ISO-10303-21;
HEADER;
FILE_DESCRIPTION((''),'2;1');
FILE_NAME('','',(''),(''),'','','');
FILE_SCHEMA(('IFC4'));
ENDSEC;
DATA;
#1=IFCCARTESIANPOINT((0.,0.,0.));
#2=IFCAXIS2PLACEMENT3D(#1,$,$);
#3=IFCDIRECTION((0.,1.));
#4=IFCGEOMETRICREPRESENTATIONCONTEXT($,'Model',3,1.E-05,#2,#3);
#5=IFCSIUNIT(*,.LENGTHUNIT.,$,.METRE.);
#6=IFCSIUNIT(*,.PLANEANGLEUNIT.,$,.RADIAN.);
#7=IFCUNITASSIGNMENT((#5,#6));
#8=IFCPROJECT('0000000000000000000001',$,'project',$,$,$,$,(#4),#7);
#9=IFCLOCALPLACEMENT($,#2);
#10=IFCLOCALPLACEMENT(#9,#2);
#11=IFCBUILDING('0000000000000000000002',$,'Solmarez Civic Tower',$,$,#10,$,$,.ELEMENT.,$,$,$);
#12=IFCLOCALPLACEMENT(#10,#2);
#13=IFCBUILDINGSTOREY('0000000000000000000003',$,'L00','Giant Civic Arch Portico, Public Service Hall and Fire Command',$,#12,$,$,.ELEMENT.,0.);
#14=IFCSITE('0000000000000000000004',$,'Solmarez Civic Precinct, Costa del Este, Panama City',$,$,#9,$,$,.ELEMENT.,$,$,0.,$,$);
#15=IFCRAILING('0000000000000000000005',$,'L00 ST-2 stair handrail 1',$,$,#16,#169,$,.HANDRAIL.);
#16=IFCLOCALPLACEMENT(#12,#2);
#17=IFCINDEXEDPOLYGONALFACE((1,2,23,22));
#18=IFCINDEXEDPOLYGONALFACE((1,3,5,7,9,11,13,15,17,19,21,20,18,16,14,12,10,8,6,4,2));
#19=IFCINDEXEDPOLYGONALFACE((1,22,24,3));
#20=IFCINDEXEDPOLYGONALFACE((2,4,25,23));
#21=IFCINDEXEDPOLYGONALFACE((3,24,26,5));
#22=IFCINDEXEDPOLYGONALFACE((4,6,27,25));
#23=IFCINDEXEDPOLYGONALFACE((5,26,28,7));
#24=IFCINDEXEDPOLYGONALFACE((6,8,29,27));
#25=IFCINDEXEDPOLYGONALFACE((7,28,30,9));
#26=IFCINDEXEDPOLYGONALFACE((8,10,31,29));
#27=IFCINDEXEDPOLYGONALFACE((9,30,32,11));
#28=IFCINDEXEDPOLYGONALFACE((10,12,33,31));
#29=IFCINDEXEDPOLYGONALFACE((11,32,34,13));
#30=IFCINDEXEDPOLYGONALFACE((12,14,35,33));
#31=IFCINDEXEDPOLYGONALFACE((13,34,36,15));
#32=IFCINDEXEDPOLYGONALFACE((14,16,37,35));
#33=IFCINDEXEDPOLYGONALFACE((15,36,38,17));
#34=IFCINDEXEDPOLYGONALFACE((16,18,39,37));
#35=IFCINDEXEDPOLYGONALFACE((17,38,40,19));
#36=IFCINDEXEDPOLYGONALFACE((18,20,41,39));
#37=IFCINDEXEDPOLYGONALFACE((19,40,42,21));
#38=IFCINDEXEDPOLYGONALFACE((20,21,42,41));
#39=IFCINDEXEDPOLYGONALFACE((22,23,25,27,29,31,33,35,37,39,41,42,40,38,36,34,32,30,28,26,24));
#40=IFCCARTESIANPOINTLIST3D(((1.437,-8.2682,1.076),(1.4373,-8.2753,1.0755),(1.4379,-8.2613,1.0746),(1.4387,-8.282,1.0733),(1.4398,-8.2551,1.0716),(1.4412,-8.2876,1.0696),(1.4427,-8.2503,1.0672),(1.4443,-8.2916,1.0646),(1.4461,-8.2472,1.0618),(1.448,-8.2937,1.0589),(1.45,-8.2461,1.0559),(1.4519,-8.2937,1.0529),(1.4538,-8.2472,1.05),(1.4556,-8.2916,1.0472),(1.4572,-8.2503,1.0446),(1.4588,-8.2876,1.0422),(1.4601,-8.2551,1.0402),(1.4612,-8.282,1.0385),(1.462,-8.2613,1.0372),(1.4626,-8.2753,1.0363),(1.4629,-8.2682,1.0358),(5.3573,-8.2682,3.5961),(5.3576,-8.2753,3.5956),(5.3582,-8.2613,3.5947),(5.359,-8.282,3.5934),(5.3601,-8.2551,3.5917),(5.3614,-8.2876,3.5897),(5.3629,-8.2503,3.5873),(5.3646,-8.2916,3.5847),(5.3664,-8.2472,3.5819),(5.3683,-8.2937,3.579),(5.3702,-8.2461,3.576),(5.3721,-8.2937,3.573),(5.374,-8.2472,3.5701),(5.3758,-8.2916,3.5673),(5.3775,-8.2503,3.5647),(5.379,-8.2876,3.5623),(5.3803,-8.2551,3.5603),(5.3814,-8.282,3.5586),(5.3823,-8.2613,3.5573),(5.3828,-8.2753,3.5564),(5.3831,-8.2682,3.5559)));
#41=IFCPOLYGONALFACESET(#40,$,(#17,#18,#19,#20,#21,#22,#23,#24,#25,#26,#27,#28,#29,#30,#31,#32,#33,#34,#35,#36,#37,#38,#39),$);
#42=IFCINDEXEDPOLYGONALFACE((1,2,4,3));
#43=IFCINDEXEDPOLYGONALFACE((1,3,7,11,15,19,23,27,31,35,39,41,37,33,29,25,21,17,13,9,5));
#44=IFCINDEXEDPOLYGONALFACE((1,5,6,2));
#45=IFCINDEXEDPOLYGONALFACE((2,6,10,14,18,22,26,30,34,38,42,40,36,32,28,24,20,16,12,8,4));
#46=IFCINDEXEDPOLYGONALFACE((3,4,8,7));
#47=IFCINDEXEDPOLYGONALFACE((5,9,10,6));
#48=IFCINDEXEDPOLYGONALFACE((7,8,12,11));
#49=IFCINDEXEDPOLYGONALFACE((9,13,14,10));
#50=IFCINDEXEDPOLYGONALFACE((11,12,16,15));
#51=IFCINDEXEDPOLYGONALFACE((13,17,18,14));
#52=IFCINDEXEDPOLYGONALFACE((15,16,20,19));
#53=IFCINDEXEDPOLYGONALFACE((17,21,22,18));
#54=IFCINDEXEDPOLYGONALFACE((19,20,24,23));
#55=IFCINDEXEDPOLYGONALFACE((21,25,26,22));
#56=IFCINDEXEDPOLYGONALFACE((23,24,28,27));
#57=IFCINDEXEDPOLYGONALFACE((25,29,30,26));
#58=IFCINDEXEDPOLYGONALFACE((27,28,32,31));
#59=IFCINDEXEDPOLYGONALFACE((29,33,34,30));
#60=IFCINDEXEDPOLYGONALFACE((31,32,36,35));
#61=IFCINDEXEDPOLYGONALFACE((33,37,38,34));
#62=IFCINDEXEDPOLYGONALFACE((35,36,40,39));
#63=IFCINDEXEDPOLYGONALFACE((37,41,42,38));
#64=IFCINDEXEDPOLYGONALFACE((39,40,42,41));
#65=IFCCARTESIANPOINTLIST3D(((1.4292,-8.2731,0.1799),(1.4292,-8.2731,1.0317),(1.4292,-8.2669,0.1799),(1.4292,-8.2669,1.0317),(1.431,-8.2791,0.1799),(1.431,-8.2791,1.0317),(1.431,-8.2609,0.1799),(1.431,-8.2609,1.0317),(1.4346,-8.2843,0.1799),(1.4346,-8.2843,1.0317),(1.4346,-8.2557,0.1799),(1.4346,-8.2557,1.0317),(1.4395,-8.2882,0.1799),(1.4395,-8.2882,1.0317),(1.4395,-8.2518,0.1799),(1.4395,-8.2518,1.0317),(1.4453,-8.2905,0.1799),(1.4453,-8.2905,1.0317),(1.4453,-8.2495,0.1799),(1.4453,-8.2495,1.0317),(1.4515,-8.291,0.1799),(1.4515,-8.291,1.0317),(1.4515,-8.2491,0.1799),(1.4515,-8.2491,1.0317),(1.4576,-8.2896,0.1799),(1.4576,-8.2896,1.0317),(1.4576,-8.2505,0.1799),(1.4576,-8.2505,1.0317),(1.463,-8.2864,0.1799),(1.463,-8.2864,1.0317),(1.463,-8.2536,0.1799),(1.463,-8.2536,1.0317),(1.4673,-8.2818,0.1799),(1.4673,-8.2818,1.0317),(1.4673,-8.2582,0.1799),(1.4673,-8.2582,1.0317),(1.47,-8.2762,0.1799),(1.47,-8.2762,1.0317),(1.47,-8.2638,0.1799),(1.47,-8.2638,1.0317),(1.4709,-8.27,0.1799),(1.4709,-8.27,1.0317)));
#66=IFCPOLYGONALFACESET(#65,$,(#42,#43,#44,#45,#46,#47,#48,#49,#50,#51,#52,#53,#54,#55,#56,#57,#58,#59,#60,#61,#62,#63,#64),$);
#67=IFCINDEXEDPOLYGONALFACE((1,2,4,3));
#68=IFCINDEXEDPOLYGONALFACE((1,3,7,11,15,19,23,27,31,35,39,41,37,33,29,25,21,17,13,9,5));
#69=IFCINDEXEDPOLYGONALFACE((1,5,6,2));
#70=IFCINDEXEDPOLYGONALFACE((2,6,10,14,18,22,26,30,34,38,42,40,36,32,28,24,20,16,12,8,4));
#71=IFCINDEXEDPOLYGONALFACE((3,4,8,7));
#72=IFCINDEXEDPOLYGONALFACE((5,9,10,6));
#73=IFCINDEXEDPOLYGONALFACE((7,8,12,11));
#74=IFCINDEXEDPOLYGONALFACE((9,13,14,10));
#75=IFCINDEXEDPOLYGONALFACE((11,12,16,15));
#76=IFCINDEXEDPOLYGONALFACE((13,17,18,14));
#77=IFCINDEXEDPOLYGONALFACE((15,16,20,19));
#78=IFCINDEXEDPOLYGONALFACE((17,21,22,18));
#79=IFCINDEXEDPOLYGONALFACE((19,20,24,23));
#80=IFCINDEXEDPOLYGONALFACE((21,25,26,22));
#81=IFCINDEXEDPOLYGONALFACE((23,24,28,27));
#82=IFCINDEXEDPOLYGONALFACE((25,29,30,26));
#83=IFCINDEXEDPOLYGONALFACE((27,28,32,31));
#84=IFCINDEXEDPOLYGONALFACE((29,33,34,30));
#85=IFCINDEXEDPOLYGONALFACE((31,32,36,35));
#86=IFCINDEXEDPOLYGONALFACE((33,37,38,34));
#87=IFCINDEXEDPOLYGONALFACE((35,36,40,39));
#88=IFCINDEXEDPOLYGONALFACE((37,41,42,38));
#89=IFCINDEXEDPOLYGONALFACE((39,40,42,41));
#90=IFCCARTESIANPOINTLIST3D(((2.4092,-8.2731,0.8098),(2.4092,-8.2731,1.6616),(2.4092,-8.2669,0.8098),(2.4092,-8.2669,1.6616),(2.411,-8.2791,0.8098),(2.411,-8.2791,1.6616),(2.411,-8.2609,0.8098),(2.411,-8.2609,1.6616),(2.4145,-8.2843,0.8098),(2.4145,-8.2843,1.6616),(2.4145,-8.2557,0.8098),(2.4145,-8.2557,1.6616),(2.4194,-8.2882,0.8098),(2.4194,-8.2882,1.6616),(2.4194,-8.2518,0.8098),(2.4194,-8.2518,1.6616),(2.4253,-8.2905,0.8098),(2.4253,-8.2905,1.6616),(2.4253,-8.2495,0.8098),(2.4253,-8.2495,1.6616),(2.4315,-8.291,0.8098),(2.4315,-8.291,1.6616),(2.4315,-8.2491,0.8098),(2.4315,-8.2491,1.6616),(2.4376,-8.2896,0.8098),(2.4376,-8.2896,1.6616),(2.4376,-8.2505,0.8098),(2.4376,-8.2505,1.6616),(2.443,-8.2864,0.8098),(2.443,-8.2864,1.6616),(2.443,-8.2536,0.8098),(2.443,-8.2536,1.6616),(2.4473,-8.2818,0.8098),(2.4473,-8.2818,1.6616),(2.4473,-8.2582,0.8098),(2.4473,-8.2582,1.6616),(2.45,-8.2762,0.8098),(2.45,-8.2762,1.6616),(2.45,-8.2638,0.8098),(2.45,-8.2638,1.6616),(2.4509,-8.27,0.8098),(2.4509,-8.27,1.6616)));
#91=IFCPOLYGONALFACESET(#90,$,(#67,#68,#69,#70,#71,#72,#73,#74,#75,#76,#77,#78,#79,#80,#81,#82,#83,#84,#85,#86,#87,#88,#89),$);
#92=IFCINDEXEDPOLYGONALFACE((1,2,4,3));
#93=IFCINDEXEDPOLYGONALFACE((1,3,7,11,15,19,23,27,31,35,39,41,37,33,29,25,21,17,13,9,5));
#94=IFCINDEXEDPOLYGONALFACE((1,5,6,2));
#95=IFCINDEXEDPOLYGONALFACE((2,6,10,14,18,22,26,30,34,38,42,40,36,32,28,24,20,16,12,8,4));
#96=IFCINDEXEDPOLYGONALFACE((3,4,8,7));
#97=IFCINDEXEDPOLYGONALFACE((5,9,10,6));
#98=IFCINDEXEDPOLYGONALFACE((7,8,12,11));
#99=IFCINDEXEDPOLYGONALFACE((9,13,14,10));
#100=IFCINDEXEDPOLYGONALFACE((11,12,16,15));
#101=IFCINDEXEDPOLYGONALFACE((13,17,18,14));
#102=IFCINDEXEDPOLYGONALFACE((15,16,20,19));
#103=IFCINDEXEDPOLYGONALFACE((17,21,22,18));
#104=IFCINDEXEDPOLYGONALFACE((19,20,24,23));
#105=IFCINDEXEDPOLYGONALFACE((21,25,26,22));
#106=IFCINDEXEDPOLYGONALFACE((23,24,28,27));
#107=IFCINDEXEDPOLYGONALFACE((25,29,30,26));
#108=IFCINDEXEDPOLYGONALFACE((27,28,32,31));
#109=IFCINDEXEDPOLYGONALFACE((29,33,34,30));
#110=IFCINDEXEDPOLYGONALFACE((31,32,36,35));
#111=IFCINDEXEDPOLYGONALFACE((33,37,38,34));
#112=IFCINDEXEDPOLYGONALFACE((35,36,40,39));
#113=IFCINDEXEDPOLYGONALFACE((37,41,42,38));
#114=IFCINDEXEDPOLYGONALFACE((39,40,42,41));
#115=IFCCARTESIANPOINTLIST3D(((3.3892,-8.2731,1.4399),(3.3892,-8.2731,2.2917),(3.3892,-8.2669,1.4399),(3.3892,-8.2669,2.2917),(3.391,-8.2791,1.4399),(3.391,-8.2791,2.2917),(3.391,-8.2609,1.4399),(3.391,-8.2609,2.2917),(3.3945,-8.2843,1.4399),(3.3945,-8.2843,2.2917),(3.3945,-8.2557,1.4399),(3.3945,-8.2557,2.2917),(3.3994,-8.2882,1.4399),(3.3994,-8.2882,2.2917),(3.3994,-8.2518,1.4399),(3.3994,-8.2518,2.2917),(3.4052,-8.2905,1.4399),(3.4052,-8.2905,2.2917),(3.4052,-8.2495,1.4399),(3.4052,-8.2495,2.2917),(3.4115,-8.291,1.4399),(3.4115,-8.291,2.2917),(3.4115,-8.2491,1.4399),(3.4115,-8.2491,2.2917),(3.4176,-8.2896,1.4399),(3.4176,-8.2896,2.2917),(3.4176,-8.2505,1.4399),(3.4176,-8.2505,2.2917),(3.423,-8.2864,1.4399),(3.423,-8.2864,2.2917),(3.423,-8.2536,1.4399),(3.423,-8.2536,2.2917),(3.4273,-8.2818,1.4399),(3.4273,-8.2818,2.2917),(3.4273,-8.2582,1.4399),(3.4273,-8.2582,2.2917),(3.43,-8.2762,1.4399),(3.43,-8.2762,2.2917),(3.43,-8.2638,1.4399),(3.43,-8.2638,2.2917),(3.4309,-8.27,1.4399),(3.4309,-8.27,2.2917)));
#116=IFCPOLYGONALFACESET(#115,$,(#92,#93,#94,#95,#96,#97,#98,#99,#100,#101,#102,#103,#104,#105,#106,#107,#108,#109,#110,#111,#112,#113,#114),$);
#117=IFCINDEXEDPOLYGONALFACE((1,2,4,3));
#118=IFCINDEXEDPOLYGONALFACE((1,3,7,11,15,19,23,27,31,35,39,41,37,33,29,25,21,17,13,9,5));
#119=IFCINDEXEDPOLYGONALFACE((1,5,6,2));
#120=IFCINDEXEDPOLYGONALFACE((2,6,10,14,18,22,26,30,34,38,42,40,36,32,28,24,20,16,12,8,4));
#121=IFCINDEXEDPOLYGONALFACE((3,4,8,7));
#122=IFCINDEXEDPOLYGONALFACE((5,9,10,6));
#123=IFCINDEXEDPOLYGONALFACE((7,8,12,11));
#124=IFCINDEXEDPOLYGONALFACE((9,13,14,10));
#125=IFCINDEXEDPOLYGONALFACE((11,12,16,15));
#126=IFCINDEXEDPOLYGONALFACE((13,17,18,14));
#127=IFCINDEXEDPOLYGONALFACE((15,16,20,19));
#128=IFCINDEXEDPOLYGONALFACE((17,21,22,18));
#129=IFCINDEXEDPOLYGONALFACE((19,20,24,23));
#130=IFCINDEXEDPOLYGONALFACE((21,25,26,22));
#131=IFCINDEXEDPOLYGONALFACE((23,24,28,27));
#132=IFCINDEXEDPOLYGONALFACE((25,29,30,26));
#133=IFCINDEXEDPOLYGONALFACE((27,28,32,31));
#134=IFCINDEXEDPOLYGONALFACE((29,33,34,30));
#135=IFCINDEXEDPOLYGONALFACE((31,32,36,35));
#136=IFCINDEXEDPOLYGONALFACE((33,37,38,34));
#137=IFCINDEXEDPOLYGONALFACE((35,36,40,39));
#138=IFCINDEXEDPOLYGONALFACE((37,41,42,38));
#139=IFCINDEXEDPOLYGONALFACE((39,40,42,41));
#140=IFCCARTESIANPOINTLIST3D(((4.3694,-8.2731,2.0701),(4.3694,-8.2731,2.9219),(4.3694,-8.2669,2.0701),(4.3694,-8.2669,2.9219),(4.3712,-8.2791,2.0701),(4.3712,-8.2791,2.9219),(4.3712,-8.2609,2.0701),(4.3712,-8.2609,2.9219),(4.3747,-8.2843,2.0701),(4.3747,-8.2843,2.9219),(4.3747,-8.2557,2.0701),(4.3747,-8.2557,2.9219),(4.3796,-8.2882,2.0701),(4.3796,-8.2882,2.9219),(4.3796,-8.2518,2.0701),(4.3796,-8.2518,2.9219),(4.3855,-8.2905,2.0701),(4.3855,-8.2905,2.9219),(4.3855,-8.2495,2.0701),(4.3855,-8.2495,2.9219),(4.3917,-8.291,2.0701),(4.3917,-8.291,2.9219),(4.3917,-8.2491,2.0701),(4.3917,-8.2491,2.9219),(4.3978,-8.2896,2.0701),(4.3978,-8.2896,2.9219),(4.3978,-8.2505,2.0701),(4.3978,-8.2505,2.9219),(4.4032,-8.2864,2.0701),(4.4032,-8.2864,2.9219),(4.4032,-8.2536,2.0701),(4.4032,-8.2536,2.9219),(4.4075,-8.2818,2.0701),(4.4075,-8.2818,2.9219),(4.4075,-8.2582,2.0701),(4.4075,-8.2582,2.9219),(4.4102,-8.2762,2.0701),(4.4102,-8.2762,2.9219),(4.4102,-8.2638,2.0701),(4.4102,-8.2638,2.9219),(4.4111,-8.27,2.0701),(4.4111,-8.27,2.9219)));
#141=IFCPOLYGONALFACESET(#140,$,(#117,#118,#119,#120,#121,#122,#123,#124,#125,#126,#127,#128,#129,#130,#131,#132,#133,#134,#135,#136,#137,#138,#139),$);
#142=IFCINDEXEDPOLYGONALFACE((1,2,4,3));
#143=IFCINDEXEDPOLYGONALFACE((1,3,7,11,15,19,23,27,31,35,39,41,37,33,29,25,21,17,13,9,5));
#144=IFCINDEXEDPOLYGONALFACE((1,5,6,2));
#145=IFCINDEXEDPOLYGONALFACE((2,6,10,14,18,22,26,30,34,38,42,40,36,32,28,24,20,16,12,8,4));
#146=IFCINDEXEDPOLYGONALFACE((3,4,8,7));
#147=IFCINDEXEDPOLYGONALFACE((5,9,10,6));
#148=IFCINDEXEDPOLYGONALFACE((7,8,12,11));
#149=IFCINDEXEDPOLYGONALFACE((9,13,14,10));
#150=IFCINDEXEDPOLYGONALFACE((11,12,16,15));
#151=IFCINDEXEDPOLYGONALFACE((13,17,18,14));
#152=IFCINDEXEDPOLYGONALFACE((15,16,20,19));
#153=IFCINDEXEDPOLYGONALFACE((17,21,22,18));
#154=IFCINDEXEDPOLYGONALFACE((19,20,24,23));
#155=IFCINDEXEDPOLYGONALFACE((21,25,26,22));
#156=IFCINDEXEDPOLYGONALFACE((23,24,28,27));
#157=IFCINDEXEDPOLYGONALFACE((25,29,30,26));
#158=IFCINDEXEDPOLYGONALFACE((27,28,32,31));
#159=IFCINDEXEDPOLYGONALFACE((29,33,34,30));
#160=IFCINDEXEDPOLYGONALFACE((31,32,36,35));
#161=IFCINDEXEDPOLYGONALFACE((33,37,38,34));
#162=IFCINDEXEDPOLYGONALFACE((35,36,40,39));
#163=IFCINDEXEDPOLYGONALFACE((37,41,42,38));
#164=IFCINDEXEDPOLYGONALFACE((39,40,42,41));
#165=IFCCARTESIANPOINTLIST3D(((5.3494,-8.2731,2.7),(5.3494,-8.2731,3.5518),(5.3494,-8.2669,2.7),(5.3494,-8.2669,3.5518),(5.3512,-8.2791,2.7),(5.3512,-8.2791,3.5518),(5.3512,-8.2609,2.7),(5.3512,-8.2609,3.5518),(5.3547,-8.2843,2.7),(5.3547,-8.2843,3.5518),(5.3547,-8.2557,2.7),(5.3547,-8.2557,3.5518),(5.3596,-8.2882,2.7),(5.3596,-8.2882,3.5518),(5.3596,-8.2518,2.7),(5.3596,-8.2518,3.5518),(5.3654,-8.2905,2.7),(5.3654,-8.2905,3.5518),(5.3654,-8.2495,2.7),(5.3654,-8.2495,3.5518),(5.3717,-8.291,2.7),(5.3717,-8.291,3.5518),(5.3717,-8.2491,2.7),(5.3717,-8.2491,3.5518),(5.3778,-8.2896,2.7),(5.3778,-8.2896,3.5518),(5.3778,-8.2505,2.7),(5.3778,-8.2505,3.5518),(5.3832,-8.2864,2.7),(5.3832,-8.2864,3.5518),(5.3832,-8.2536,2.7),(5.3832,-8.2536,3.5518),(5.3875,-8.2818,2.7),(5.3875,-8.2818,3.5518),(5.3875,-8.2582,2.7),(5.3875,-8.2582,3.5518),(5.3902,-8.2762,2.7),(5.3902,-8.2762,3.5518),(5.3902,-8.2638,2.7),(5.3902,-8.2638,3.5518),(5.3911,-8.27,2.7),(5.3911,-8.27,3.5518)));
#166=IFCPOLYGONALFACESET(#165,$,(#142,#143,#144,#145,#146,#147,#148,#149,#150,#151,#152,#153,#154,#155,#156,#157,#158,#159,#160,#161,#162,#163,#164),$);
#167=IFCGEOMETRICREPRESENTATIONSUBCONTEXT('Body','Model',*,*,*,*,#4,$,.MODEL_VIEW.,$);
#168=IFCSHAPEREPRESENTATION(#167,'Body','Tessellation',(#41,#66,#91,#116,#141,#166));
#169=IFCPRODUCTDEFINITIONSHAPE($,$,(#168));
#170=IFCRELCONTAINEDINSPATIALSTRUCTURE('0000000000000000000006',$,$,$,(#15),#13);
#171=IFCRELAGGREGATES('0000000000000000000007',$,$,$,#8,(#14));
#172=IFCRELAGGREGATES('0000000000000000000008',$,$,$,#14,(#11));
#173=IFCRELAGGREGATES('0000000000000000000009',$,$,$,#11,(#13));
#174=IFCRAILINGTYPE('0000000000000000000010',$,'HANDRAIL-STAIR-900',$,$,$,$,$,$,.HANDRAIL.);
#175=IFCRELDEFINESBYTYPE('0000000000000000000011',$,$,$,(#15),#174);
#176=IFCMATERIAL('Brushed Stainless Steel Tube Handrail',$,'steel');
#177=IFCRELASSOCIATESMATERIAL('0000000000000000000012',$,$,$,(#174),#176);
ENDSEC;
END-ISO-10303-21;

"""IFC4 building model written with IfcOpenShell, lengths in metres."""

from ifc_helpers import new_model, si_unit, direction, frame, origin, origin_2d, place, context, subcontext, project, spatial, circle, extrude, material, type_object, element, save


model = new_model("IFC4")

# Units and contexts
model_context = context("Model", 3, precision=1e-05, world=origin(), true_north=direction((0.0, 1.0)))
body_context = subcontext(model_context, "Body", "Model", "MODEL_VIEW")
ifc_project = project(units=[si_unit("LENGTHUNIT", "METRE"), si_unit("PLANEANGLEUNIT", "RADIAN")], contexts=[model_context])

# Site, building, storey
site_placement = place(None, origin())
site = spatial("IfcSite", under=ifc_project, at=site_placement, Name="Solmarez Civic Precinct, Costa del Este, Panama City", CompositionType="ELEMENT", RefElevation=0.0)
building_placement = place(site_placement, origin())
building = spatial("IfcBuilding", under=site, at=building_placement, Name="Solmarez Civic Tower", CompositionType="ELEMENT")
storey_placement = place(building_placement, origin())
storey = spatial("IfcBuildingStorey", under=building, at=storey_placement, Name="L00", Description="Giant Civic Arch Portico, Public Service Hall and Fire Command", CompositionType="ELEMENT", Elevation=0.0)

# Railing
ifc_material_1 = material(Name="Brushed Stainless Steel Tube Handrail", Category="steel")
railing_type_1 = type_object("IfcRailingType", Name="HANDRAIL-STAIR-900", PredefinedType="HANDRAIL", material=ifc_material_1)
railing_1_placement = place(storey_placement, frame((1.45, -8.27, 0.1799)))
element("IfcRailing", 1, at=railing_1_placement, inside=storey, type_object=railing_type_1, Name="L00 ST-2 stair handrail 1", PredefinedType="HANDRAIL", context=body_context, shape_type="SweptSolid", body=[
    extrude(circle(Radius=0.0239, at=origin_2d()), frame((0.0, 0.0, 0.876), z_axis=(0.841187, 0.0, 0.540744), x_axis=(0.0, 1.0, 0.0)), (0.0, 0.0, 1.0), 4.6604),
    extrude(circle(Radius=0.021, at=origin_2d()), origin(), (0.0, 0.0, 1.0), 0.8518),
    extrude(circle(Radius=0.021, at=origin_2d()), frame((0.98, 0.0, 0.6299)), (0.0, 0.0, 1.0), 0.8518),
    extrude(circle(Radius=0.021, at=origin_2d()), frame((1.96, 0.0, 1.26)), (0.0, 0.0, 1.0), 0.8518),
    extrude(circle(Radius=0.021, at=origin_2d()), frame((2.9402, 0.0, 1.8901)), (0.0, 0.0, 1.0), 0.8518),
    extrude(circle(Radius=0.021, at=origin_2d()), frame((3.9202, 0.0, 2.52)), (0.0, 0.0, 1.0), 0.8518),
])

save(model, "model.ifc")
